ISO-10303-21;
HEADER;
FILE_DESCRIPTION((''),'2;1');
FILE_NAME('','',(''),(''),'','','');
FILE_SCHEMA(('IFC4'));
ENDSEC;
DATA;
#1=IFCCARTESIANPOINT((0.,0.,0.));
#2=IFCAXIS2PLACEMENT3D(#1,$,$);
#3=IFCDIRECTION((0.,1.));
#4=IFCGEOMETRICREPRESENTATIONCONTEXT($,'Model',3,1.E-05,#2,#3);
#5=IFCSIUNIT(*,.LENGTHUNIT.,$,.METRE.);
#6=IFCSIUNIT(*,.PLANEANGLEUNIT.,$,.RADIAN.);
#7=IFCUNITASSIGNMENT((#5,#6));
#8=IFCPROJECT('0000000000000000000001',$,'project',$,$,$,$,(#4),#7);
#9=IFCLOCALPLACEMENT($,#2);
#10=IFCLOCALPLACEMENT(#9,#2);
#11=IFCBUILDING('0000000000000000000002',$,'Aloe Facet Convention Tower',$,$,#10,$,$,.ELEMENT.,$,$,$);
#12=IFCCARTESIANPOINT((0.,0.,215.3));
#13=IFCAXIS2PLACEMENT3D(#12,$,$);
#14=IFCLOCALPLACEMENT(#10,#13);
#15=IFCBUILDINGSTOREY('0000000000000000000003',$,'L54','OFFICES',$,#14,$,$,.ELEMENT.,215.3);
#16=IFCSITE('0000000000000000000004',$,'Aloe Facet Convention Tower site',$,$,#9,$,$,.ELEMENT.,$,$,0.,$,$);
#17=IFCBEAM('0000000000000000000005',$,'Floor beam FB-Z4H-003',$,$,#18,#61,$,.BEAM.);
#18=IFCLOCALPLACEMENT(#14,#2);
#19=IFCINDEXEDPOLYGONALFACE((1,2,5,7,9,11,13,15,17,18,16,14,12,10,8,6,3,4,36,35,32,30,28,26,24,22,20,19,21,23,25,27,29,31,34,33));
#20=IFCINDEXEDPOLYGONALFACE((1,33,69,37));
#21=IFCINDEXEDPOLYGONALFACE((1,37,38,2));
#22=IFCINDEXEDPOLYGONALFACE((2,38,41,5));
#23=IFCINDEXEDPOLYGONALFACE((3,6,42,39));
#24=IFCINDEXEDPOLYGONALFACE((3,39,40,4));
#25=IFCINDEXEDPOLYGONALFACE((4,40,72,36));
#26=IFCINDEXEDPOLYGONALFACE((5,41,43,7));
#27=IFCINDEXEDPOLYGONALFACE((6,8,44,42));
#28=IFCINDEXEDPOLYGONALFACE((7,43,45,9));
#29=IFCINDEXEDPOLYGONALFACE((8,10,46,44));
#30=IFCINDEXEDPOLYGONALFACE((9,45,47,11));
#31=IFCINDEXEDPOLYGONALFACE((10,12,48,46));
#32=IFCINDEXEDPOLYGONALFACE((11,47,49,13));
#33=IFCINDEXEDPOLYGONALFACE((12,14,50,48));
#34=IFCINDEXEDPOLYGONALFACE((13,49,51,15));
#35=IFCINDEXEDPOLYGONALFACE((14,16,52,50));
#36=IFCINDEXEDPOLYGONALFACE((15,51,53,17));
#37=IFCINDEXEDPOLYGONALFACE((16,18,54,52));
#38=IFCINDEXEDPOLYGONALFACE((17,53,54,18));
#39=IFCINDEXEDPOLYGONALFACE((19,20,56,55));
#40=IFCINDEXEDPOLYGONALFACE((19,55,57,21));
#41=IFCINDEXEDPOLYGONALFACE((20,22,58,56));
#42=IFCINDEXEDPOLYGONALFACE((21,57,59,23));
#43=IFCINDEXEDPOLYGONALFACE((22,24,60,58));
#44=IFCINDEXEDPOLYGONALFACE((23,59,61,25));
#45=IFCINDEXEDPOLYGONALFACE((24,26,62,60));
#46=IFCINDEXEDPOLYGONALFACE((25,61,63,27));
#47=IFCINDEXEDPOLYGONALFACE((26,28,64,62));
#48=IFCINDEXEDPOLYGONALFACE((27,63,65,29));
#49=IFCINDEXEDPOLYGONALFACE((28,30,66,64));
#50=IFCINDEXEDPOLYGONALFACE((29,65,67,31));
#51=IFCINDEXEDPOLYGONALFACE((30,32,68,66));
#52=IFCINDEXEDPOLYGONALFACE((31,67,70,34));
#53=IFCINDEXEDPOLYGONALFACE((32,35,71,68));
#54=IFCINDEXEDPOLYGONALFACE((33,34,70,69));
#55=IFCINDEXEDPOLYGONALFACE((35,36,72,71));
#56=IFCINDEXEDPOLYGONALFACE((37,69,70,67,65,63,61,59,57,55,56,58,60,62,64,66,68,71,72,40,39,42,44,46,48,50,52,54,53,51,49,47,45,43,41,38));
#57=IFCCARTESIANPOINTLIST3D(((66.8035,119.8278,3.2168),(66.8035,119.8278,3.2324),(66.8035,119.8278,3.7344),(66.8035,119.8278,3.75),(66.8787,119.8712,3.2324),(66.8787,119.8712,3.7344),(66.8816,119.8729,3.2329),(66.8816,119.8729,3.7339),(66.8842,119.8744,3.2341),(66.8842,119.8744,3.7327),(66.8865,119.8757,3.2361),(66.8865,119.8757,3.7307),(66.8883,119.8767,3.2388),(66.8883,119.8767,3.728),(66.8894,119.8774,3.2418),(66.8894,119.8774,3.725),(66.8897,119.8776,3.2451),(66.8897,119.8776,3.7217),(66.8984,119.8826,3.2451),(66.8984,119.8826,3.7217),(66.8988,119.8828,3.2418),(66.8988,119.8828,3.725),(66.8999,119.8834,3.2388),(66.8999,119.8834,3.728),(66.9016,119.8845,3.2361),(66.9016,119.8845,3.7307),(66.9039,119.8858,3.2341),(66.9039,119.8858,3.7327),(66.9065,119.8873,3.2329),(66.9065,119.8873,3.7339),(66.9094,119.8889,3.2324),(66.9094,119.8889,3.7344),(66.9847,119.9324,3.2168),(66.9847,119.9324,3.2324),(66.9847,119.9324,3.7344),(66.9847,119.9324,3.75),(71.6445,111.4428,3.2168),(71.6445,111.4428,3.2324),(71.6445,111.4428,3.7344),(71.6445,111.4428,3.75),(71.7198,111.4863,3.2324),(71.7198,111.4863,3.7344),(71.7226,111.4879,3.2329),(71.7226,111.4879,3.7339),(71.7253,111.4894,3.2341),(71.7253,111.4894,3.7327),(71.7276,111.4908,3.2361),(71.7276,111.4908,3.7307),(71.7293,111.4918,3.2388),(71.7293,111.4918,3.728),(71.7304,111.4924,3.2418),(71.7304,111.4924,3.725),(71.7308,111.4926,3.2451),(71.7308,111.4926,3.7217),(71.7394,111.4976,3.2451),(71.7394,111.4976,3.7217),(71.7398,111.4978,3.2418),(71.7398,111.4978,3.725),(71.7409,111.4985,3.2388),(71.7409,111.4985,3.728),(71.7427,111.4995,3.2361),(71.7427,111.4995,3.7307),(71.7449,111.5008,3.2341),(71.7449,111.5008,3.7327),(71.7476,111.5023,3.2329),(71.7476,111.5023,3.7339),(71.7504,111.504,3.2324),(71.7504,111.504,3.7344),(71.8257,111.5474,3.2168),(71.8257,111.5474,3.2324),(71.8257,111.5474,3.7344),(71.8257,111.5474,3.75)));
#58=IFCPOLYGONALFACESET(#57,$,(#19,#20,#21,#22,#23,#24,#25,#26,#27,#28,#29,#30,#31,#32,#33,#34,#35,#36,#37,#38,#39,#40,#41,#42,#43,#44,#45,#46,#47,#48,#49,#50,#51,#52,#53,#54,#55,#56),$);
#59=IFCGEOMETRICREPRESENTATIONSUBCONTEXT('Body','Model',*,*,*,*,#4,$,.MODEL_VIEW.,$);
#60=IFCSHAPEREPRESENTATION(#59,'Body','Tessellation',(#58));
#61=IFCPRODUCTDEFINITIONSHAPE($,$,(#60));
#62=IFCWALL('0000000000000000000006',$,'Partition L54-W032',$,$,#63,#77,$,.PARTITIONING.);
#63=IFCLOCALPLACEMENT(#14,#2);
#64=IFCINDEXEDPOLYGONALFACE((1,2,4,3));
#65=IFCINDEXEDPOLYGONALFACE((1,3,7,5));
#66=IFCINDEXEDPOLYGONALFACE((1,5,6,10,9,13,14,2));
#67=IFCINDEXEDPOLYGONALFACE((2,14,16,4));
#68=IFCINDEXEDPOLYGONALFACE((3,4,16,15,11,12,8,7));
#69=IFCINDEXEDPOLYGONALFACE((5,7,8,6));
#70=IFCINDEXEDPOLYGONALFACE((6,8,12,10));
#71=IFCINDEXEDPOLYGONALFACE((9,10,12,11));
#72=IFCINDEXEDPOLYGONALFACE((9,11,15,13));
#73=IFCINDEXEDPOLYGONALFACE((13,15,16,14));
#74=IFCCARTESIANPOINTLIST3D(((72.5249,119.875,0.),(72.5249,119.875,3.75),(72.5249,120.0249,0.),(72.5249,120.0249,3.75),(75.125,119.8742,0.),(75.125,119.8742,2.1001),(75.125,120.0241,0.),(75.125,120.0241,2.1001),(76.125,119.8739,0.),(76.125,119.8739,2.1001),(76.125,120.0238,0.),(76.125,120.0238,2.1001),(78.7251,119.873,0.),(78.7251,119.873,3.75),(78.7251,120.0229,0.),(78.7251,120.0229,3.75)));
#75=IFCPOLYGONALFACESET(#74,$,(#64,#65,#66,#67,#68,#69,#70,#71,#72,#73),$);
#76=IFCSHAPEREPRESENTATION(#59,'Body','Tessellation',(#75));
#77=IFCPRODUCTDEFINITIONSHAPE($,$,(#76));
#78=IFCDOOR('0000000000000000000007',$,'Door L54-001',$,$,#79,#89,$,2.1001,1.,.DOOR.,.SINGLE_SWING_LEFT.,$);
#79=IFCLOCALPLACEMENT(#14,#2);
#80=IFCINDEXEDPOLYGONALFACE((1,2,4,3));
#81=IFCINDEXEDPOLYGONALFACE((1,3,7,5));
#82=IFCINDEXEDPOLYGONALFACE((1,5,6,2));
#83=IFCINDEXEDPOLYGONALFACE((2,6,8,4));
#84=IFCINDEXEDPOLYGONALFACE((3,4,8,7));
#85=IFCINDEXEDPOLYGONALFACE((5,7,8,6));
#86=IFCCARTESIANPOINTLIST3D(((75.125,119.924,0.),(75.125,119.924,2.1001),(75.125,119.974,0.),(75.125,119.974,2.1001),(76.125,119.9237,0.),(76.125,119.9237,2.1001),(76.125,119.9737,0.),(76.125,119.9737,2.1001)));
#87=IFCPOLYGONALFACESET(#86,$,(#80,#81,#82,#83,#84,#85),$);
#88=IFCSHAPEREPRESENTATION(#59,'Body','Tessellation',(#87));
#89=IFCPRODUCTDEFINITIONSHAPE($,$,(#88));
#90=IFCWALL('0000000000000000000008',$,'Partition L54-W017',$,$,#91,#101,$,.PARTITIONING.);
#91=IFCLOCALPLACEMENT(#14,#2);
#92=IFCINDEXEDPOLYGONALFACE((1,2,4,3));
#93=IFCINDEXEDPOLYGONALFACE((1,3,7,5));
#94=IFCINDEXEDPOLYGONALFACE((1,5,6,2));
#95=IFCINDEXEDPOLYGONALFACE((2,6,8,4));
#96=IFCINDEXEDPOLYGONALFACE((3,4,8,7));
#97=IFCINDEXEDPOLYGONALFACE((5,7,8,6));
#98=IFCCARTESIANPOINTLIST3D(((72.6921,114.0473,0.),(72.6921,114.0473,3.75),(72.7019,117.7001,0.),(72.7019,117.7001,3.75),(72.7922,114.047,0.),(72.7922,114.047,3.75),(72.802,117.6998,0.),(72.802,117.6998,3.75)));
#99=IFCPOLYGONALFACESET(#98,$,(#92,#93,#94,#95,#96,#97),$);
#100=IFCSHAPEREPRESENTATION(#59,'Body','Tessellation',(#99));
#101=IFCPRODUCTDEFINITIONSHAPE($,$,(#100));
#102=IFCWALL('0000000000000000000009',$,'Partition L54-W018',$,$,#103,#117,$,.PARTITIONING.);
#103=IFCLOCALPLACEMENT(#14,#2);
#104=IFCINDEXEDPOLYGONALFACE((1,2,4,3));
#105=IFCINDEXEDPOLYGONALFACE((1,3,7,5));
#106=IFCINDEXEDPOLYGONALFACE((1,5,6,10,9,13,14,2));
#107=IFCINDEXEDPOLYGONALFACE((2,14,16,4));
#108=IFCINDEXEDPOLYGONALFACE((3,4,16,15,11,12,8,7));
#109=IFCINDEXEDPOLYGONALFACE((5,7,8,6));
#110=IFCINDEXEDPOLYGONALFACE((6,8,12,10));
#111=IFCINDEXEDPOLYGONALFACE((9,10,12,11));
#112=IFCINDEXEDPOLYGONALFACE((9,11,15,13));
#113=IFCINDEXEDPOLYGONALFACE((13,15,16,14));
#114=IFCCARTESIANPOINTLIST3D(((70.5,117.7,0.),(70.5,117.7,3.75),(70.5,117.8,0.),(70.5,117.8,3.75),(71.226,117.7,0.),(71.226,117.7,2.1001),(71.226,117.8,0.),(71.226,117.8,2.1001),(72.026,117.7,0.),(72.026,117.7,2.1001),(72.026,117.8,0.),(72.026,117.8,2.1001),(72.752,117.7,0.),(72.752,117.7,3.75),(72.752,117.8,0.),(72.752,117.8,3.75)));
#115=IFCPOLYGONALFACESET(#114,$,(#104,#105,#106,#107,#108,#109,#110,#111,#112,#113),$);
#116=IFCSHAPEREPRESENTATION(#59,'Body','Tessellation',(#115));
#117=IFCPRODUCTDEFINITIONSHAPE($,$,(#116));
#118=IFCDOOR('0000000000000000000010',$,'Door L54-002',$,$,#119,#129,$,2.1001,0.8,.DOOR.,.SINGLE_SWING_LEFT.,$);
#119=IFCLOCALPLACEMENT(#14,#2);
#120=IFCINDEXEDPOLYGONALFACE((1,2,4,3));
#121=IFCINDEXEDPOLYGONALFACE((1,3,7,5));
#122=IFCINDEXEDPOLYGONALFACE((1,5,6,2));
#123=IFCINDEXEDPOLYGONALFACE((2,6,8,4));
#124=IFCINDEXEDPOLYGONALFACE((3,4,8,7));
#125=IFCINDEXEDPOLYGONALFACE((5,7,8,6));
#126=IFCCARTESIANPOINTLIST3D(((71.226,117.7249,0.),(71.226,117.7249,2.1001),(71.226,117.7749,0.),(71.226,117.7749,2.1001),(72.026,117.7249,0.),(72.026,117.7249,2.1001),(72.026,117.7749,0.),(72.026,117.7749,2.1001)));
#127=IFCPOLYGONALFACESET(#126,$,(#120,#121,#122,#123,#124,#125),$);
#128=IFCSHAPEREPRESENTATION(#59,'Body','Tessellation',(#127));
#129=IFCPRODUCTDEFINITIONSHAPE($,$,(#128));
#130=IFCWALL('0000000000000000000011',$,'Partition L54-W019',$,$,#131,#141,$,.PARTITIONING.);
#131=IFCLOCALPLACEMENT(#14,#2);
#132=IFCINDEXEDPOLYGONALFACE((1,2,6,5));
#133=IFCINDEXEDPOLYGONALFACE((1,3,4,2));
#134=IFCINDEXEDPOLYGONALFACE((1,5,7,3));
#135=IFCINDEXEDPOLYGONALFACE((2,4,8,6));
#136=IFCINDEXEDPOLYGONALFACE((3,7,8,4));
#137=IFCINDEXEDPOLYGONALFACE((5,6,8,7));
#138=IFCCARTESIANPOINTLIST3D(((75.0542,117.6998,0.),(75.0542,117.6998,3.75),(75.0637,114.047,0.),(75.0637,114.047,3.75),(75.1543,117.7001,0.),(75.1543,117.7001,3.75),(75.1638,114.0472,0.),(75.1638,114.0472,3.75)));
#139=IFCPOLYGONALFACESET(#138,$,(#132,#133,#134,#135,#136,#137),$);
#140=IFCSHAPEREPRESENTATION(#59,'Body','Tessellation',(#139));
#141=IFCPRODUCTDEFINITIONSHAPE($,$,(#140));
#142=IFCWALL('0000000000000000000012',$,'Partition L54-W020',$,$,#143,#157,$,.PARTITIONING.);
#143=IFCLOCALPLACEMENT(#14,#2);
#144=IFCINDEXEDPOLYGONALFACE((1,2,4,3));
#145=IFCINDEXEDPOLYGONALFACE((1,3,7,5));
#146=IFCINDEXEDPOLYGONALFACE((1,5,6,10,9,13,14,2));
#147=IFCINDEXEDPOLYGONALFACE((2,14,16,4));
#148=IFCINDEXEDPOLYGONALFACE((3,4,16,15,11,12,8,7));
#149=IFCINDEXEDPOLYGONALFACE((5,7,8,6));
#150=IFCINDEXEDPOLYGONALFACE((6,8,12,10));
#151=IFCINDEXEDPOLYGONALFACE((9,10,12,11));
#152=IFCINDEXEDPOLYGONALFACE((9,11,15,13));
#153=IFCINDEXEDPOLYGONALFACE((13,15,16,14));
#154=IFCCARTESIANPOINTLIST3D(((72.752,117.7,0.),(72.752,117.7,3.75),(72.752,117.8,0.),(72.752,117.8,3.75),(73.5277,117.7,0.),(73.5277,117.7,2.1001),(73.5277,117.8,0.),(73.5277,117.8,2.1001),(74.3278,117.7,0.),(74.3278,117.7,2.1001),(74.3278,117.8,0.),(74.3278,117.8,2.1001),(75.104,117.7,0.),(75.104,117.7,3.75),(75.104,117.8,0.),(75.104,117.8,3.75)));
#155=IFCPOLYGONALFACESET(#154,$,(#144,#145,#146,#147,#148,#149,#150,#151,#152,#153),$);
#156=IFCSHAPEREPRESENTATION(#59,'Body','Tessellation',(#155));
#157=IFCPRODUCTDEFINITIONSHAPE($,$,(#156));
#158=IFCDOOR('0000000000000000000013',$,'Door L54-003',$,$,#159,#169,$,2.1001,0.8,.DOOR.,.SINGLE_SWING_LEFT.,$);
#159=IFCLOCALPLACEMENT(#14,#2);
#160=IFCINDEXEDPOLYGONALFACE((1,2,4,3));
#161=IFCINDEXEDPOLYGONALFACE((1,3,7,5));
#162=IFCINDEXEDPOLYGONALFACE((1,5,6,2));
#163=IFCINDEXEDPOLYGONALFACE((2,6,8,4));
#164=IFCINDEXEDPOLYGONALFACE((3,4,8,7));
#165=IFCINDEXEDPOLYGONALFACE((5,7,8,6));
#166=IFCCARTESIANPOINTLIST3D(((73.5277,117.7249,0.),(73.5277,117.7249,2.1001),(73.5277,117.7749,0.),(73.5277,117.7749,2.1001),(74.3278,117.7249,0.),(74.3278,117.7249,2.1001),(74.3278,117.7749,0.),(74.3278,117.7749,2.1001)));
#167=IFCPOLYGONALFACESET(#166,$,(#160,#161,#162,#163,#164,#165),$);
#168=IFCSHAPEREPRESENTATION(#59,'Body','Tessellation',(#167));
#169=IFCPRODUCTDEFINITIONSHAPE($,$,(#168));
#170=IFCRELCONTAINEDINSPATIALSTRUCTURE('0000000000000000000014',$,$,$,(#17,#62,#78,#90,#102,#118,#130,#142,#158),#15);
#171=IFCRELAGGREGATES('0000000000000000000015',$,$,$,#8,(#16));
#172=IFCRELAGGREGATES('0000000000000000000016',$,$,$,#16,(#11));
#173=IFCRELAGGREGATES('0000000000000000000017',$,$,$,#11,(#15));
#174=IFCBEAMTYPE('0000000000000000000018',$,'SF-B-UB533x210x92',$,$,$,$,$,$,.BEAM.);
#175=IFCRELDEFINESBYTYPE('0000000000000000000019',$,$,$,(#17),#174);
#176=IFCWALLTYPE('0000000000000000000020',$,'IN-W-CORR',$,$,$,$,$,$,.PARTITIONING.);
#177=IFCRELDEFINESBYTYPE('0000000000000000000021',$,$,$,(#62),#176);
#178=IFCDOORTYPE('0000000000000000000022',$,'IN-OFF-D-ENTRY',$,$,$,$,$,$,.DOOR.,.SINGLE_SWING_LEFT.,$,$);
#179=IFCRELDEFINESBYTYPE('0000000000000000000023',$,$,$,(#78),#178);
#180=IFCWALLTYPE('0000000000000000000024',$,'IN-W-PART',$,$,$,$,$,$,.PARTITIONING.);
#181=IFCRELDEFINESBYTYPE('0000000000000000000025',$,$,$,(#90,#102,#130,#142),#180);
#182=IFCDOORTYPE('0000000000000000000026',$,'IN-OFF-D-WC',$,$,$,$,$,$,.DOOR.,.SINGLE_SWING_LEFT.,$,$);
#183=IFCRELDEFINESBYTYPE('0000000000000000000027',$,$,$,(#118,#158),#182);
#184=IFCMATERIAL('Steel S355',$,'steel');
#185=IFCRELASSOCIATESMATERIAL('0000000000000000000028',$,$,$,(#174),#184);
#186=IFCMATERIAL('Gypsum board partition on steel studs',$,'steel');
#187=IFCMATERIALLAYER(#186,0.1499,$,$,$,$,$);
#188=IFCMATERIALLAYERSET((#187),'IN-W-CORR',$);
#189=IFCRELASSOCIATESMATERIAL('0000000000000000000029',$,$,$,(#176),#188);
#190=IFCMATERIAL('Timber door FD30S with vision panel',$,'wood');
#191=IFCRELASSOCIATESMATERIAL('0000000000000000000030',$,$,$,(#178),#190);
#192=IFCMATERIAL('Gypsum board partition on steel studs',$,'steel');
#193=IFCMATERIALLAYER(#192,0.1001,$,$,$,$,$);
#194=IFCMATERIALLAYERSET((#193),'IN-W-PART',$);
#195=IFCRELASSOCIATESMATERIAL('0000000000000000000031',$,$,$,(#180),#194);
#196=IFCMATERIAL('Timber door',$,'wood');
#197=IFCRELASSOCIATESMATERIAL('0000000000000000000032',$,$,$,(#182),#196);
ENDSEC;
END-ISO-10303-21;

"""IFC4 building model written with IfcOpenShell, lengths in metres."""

from ifc_helpers import new_model, si_unit, direction, frame, frame_2d, origin, origin_2d, place, context, subcontext, project, spatial, rectangle, i_section, extrude, material, layer, layer_set, material_profile, profile_set, type_object, element, fill, save


model = new_model("IFC4")

# Units and contexts
model_context = context("Model", 3, precision=1e-05, world=origin(), true_north=direction((0.0, 1.0)))
body_context = subcontext(model_context, "Body", "Model", "MODEL_VIEW")
ifc_project = project(units=[si_unit("LENGTHUNIT", "METRE"), si_unit("PLANEANGLEUNIT", "RADIAN")], contexts=[model_context])

# Site, building, storey
site_placement = place(None, origin())
site = spatial("IfcSite", under=ifc_project, at=site_placement, Name="Aloe Facet Convention Tower site", CompositionType="ELEMENT", RefElevation=0.0)
building_placement = place(site_placement, origin())
building = spatial("IfcBuilding", under=site, at=building_placement, Name="Aloe Facet Convention Tower", CompositionType="ELEMENT")
storey_placement = place(building_placement, frame((0.0, 0.0, 215.3)))
storey = spatial("IfcBuildingStorey", under=building, at=storey_placement, Name="L54", Description="OFFICES", CompositionType="ELEMENT", Elevation=215.3)

# Beam
ifc_material_1 = material(Name="Steel S355", Category="steel")
ifc_material_profile_1 = material_profile(ifc_material_1, i_section(OverallWidth=0.2092, OverallDepth=0.5332, WebThickness=0.01, FlangeThickness=0.0156, FilletRadius=0.0127, at=origin_2d()), Name="UB 533x210x92")
ifc_profile_set_1 = profile_set([ifc_material_profile_1], Name="Steel S355")
beam_type_1 = type_object("IfcBeamType", Name="SF-B-UB533x210x92", PredefinedType="BEAM", material=ifc_profile_set_1)
beam_1_placement = place(storey_placement, frame((71.7351, 111.4951, 3.4834), z_axis=(-0.499998, 0.866026, 0.0), x_axis=(-0.866026, -0.499998, 0.0)))
element("IfcBeam", 1, at=beam_1_placement, inside=storey, type_object=beam_type_1, Name="Floor beam FB-Z4H-003", PredefinedType="BEAM", context=body_context, shape_type="SweptSolid", body=[
    extrude(i_section(OverallWidth=0.2092, OverallDepth=0.5332, WebThickness=0.01, FlangeThickness=0.0156, FilletRadius=0.0127, at=origin_2d()), origin(), (0.0, 0.0, 1.0), 9.6821),
])

# Wall, opening, door
ifc_material_2 = material(Name="Gypsum board partition on steel studs", Category="steel")
ifc_layer_1 = layer(ifc_material_2, 0.1499)
ifc_layer_set_1 = layer_set([ifc_layer_1], Name="IN-W-CORR")
wall_type_1 = type_object("IfcWallType", Name="IN-W-CORR", PredefinedType="PARTITIONING", material=ifc_layer_set_1)
wall_1_placement = place(storey_placement, frame((72.5249, 119.95, 0.0), z_axis=(0.0, 0.0, 1.0), x_axis=(1.0, -0.000315, 0.0)))
wall_1 = element("IfcWall", 2, at=wall_1_placement, inside=storey, type_object=wall_type_1, Name="Partition L54-W032", PredefinedType="PARTITIONING", context=body_context, shape_type="SweptSolid", body=[
    extrude(rectangle(XDim=6.2002, YDim=0.1499, at=frame_2d((3.1001, 0.0))), origin(), (0.0, 0.0, 1.0), 3.75),
])
opening_1_placement = place(wall_1_placement, frame((2.6001, 0.0, 0.0)))
opening_1 = element("IfcOpeningElement", 3, at=opening_1_placement, cuts=wall_1, PredefinedType="OPENING", context=body_context, shape_type="SweptSolid", body=[
    extrude(rectangle(XDim=1.0, YDim=2.1001, at=frame_2d((0.5, 1.05))), frame((0.0, 0.085, 0.0), z_axis=(0.0, -1.0, 0.0), x_axis=(1.0, 0.0, 0.0)), (0.0, 0.0, 1.0), 0.1699),
])
ifc_material_3 = material(Name="Timber door FD30S with vision panel", Category="wood")
door_type_1 = type_object("IfcDoorType", Name="IN-OFF-D-ENTRY", OperationType="SINGLE_SWING_LEFT", PredefinedType="DOOR", material=ifc_material_3)
door_1_placement = place(opening_1_placement, origin())
door_1 = element("IfcDoor", 4, at=door_1_placement, inside=storey, type_object=door_type_1, Name="Door L54-001", OperationType="SINGLE_SWING_LEFT", OverallHeight=2.1001, OverallWidth=1.0, PredefinedType="DOOR", context=body_context, shape_type="SweptSolid", body=[
    extrude(rectangle(XDim=1.0, YDim=2.1001, at=frame_2d((0.5, 1.05))), frame((0.0, 0.0249, 0.0), z_axis=(0.0, -1.0, 0.0), x_axis=(1.0, 0.0, 0.0)), (0.0, 0.0, 1.0), 0.05),
])
fill(opening_1, door_1)

# Wall
ifc_material_4 = material(Name="Gypsum board partition on steel studs", Category="steel")
ifc_layer_2 = layer(ifc_material_4, 0.1001)
ifc_layer_set_2 = layer_set([ifc_layer_2], Name="IN-W-PART")
wall_type_2 = type_object("IfcWallType", Name="IN-W-PART", PredefinedType="PARTITIONING", material=ifc_layer_set_2)
wall_2_placement = place(storey_placement, frame((72.7422, 114.0471, 0.0), z_axis=(0.0, 0.0, 1.0), x_axis=(0.002673, 0.999996, 0.0)))
element("IfcWall", 5, at=wall_2_placement, inside=storey, type_object=wall_type_2, Name="Partition L54-W017", PredefinedType="PARTITIONING", context=body_context, shape_type="SweptSolid", body=[
    extrude(rectangle(XDim=3.6528, YDim=0.1001, at=frame_2d((1.8264, 0.0))), origin(), (0.0, 0.0, 1.0), 3.75),
])

# Wall, opening, door
wall_3_placement = place(storey_placement, frame((70.5, 117.75, 0.0), z_axis=(0.0, 0.0, 1.0), x_axis=(1.0, 0.0, 0.0)))
wall_3 = element("IfcWall", 6, at=wall_3_placement, inside=storey, type_object=wall_type_2, Name="Partition L54-W018", PredefinedType="PARTITIONING", context=body_context, shape_type="SweptSolid", body=[
    extrude(rectangle(XDim=2.252, YDim=0.1001, at=frame_2d((1.126, 0.0))), origin(), (0.0, 0.0, 1.0), 3.75),
])
opening_2_placement = place(wall_3_placement, frame((0.7261, 0.0, 0.0)))
opening_2 = element("IfcOpeningElement", 7, at=opening_2_placement, cuts=wall_3, PredefinedType="OPENING", context=body_context, shape_type="SweptSolid", body=[
    extrude(rectangle(XDim=0.8, YDim=2.1001, at=frame_2d((0.3999, 1.05))), frame((0.0, 0.0601, 0.0), z_axis=(0.0, -1.0, 0.0), x_axis=(1.0, 0.0, 0.0)), (0.0, 0.0, 1.0), 0.1201),
])
ifc_material_5 = material(Name="Timber door", Category="wood")
door_type_2 = type_object("IfcDoorType", Name="IN-OFF-D-WC", OperationType="SINGLE_SWING_LEFT", PredefinedType="DOOR", material=ifc_material_5)
door_2_placement = place(opening_2_placement, origin())
door_2 = element("IfcDoor", 8, at=door_2_placement, inside=storey, type_object=door_type_2, Name="Door L54-002", OperationType="SINGLE_SWING_LEFT", OverallHeight=2.1001, OverallWidth=0.8, PredefinedType="DOOR", context=body_context, shape_type="SweptSolid", body=[
    extrude(rectangle(XDim=0.8, YDim=2.1001, at=frame_2d((0.3999, 1.05))), frame((0.0, 0.0249, 0.0), z_axis=(0.0, -1.0, 0.0), x_axis=(1.0, 0.0, 0.0)), (0.0, 0.0, 1.0), 0.05),
])
fill(opening_2, door_2)

# Wall
wall_4_placement = place(storey_placement, frame((75.1138, 114.0471, 0.0), z_axis=(0.0, 0.0, 1.0), x_axis=(-0.002607, 0.999997, 0.0)))
element("IfcWall", 9, at=wall_4_placement, inside=storey, type_object=wall_type_2, Name="Partition L54-W019", PredefinedType="PARTITIONING", context=body_context, shape_type="SweptSolid", body=[
    extrude(rectangle(XDim=3.6528, YDim=0.1001, at=frame_2d((1.8264, 0.0))), origin(), (0.0, 0.0, 1.0), 3.75),
])

# Wall, opening, door
wall_5_placement = place(storey_placement, frame((72.752, 117.75, 0.0), z_axis=(0.0, 0.0, 1.0), x_axis=(1.0, 0.0, 0.0)))
wall_5 = element("IfcWall", 10, at=wall_5_placement, inside=storey, type_object=wall_type_2, Name="Partition L54-W020", PredefinedType="PARTITIONING", context=body_context, shape_type="SweptSolid", body=[
    extrude(rectangle(XDim=2.3521, YDim=0.1001, at=frame_2d((1.176, 0.0))), origin(), (0.0, 0.0, 1.0), 3.75),
])
opening_3_placement = place(wall_5_placement, frame((0.7759, 0.0, 0.0)))
opening_3 = element("IfcOpeningElement", 11, at=opening_3_placement, cuts=wall_5, PredefinedType="OPENING", context=body_context, shape_type="SweptSolid", body=[
    extrude(rectangle(XDim=0.8, YDim=2.1001, at=frame_2d((0.3999, 1.05))), frame((0.0, 0.0601, 0.0), z_axis=(0.0, -1.0, 0.0), x_axis=(1.0, 0.0, 0.0)), (0.0, 0.0, 1.0), 0.1201),
])
door_3_placement = place(opening_3_placement, origin())
door_3 = element("IfcDoor", 12, at=door_3_placement, inside=storey, type_object=door_type_2, Name="Door L54-003", OperationType="SINGLE_SWING_LEFT", OverallHeight=2.1001, OverallWidth=0.8, PredefinedType="DOOR", context=body_context, shape_type="SweptSolid", body=[
    extrude(rectangle(XDim=0.8, YDim=2.1001, at=frame_2d((0.3999, 1.05))), frame((0.0, 0.0249, 0.0), z_axis=(0.0, -1.0, 0.0), x_axis=(1.0, 0.0, 0.0)), (0.0, 0.0, 1.0), 0.05),
])
fill(opening_3, door_3)

save(model, "model.ifc")
